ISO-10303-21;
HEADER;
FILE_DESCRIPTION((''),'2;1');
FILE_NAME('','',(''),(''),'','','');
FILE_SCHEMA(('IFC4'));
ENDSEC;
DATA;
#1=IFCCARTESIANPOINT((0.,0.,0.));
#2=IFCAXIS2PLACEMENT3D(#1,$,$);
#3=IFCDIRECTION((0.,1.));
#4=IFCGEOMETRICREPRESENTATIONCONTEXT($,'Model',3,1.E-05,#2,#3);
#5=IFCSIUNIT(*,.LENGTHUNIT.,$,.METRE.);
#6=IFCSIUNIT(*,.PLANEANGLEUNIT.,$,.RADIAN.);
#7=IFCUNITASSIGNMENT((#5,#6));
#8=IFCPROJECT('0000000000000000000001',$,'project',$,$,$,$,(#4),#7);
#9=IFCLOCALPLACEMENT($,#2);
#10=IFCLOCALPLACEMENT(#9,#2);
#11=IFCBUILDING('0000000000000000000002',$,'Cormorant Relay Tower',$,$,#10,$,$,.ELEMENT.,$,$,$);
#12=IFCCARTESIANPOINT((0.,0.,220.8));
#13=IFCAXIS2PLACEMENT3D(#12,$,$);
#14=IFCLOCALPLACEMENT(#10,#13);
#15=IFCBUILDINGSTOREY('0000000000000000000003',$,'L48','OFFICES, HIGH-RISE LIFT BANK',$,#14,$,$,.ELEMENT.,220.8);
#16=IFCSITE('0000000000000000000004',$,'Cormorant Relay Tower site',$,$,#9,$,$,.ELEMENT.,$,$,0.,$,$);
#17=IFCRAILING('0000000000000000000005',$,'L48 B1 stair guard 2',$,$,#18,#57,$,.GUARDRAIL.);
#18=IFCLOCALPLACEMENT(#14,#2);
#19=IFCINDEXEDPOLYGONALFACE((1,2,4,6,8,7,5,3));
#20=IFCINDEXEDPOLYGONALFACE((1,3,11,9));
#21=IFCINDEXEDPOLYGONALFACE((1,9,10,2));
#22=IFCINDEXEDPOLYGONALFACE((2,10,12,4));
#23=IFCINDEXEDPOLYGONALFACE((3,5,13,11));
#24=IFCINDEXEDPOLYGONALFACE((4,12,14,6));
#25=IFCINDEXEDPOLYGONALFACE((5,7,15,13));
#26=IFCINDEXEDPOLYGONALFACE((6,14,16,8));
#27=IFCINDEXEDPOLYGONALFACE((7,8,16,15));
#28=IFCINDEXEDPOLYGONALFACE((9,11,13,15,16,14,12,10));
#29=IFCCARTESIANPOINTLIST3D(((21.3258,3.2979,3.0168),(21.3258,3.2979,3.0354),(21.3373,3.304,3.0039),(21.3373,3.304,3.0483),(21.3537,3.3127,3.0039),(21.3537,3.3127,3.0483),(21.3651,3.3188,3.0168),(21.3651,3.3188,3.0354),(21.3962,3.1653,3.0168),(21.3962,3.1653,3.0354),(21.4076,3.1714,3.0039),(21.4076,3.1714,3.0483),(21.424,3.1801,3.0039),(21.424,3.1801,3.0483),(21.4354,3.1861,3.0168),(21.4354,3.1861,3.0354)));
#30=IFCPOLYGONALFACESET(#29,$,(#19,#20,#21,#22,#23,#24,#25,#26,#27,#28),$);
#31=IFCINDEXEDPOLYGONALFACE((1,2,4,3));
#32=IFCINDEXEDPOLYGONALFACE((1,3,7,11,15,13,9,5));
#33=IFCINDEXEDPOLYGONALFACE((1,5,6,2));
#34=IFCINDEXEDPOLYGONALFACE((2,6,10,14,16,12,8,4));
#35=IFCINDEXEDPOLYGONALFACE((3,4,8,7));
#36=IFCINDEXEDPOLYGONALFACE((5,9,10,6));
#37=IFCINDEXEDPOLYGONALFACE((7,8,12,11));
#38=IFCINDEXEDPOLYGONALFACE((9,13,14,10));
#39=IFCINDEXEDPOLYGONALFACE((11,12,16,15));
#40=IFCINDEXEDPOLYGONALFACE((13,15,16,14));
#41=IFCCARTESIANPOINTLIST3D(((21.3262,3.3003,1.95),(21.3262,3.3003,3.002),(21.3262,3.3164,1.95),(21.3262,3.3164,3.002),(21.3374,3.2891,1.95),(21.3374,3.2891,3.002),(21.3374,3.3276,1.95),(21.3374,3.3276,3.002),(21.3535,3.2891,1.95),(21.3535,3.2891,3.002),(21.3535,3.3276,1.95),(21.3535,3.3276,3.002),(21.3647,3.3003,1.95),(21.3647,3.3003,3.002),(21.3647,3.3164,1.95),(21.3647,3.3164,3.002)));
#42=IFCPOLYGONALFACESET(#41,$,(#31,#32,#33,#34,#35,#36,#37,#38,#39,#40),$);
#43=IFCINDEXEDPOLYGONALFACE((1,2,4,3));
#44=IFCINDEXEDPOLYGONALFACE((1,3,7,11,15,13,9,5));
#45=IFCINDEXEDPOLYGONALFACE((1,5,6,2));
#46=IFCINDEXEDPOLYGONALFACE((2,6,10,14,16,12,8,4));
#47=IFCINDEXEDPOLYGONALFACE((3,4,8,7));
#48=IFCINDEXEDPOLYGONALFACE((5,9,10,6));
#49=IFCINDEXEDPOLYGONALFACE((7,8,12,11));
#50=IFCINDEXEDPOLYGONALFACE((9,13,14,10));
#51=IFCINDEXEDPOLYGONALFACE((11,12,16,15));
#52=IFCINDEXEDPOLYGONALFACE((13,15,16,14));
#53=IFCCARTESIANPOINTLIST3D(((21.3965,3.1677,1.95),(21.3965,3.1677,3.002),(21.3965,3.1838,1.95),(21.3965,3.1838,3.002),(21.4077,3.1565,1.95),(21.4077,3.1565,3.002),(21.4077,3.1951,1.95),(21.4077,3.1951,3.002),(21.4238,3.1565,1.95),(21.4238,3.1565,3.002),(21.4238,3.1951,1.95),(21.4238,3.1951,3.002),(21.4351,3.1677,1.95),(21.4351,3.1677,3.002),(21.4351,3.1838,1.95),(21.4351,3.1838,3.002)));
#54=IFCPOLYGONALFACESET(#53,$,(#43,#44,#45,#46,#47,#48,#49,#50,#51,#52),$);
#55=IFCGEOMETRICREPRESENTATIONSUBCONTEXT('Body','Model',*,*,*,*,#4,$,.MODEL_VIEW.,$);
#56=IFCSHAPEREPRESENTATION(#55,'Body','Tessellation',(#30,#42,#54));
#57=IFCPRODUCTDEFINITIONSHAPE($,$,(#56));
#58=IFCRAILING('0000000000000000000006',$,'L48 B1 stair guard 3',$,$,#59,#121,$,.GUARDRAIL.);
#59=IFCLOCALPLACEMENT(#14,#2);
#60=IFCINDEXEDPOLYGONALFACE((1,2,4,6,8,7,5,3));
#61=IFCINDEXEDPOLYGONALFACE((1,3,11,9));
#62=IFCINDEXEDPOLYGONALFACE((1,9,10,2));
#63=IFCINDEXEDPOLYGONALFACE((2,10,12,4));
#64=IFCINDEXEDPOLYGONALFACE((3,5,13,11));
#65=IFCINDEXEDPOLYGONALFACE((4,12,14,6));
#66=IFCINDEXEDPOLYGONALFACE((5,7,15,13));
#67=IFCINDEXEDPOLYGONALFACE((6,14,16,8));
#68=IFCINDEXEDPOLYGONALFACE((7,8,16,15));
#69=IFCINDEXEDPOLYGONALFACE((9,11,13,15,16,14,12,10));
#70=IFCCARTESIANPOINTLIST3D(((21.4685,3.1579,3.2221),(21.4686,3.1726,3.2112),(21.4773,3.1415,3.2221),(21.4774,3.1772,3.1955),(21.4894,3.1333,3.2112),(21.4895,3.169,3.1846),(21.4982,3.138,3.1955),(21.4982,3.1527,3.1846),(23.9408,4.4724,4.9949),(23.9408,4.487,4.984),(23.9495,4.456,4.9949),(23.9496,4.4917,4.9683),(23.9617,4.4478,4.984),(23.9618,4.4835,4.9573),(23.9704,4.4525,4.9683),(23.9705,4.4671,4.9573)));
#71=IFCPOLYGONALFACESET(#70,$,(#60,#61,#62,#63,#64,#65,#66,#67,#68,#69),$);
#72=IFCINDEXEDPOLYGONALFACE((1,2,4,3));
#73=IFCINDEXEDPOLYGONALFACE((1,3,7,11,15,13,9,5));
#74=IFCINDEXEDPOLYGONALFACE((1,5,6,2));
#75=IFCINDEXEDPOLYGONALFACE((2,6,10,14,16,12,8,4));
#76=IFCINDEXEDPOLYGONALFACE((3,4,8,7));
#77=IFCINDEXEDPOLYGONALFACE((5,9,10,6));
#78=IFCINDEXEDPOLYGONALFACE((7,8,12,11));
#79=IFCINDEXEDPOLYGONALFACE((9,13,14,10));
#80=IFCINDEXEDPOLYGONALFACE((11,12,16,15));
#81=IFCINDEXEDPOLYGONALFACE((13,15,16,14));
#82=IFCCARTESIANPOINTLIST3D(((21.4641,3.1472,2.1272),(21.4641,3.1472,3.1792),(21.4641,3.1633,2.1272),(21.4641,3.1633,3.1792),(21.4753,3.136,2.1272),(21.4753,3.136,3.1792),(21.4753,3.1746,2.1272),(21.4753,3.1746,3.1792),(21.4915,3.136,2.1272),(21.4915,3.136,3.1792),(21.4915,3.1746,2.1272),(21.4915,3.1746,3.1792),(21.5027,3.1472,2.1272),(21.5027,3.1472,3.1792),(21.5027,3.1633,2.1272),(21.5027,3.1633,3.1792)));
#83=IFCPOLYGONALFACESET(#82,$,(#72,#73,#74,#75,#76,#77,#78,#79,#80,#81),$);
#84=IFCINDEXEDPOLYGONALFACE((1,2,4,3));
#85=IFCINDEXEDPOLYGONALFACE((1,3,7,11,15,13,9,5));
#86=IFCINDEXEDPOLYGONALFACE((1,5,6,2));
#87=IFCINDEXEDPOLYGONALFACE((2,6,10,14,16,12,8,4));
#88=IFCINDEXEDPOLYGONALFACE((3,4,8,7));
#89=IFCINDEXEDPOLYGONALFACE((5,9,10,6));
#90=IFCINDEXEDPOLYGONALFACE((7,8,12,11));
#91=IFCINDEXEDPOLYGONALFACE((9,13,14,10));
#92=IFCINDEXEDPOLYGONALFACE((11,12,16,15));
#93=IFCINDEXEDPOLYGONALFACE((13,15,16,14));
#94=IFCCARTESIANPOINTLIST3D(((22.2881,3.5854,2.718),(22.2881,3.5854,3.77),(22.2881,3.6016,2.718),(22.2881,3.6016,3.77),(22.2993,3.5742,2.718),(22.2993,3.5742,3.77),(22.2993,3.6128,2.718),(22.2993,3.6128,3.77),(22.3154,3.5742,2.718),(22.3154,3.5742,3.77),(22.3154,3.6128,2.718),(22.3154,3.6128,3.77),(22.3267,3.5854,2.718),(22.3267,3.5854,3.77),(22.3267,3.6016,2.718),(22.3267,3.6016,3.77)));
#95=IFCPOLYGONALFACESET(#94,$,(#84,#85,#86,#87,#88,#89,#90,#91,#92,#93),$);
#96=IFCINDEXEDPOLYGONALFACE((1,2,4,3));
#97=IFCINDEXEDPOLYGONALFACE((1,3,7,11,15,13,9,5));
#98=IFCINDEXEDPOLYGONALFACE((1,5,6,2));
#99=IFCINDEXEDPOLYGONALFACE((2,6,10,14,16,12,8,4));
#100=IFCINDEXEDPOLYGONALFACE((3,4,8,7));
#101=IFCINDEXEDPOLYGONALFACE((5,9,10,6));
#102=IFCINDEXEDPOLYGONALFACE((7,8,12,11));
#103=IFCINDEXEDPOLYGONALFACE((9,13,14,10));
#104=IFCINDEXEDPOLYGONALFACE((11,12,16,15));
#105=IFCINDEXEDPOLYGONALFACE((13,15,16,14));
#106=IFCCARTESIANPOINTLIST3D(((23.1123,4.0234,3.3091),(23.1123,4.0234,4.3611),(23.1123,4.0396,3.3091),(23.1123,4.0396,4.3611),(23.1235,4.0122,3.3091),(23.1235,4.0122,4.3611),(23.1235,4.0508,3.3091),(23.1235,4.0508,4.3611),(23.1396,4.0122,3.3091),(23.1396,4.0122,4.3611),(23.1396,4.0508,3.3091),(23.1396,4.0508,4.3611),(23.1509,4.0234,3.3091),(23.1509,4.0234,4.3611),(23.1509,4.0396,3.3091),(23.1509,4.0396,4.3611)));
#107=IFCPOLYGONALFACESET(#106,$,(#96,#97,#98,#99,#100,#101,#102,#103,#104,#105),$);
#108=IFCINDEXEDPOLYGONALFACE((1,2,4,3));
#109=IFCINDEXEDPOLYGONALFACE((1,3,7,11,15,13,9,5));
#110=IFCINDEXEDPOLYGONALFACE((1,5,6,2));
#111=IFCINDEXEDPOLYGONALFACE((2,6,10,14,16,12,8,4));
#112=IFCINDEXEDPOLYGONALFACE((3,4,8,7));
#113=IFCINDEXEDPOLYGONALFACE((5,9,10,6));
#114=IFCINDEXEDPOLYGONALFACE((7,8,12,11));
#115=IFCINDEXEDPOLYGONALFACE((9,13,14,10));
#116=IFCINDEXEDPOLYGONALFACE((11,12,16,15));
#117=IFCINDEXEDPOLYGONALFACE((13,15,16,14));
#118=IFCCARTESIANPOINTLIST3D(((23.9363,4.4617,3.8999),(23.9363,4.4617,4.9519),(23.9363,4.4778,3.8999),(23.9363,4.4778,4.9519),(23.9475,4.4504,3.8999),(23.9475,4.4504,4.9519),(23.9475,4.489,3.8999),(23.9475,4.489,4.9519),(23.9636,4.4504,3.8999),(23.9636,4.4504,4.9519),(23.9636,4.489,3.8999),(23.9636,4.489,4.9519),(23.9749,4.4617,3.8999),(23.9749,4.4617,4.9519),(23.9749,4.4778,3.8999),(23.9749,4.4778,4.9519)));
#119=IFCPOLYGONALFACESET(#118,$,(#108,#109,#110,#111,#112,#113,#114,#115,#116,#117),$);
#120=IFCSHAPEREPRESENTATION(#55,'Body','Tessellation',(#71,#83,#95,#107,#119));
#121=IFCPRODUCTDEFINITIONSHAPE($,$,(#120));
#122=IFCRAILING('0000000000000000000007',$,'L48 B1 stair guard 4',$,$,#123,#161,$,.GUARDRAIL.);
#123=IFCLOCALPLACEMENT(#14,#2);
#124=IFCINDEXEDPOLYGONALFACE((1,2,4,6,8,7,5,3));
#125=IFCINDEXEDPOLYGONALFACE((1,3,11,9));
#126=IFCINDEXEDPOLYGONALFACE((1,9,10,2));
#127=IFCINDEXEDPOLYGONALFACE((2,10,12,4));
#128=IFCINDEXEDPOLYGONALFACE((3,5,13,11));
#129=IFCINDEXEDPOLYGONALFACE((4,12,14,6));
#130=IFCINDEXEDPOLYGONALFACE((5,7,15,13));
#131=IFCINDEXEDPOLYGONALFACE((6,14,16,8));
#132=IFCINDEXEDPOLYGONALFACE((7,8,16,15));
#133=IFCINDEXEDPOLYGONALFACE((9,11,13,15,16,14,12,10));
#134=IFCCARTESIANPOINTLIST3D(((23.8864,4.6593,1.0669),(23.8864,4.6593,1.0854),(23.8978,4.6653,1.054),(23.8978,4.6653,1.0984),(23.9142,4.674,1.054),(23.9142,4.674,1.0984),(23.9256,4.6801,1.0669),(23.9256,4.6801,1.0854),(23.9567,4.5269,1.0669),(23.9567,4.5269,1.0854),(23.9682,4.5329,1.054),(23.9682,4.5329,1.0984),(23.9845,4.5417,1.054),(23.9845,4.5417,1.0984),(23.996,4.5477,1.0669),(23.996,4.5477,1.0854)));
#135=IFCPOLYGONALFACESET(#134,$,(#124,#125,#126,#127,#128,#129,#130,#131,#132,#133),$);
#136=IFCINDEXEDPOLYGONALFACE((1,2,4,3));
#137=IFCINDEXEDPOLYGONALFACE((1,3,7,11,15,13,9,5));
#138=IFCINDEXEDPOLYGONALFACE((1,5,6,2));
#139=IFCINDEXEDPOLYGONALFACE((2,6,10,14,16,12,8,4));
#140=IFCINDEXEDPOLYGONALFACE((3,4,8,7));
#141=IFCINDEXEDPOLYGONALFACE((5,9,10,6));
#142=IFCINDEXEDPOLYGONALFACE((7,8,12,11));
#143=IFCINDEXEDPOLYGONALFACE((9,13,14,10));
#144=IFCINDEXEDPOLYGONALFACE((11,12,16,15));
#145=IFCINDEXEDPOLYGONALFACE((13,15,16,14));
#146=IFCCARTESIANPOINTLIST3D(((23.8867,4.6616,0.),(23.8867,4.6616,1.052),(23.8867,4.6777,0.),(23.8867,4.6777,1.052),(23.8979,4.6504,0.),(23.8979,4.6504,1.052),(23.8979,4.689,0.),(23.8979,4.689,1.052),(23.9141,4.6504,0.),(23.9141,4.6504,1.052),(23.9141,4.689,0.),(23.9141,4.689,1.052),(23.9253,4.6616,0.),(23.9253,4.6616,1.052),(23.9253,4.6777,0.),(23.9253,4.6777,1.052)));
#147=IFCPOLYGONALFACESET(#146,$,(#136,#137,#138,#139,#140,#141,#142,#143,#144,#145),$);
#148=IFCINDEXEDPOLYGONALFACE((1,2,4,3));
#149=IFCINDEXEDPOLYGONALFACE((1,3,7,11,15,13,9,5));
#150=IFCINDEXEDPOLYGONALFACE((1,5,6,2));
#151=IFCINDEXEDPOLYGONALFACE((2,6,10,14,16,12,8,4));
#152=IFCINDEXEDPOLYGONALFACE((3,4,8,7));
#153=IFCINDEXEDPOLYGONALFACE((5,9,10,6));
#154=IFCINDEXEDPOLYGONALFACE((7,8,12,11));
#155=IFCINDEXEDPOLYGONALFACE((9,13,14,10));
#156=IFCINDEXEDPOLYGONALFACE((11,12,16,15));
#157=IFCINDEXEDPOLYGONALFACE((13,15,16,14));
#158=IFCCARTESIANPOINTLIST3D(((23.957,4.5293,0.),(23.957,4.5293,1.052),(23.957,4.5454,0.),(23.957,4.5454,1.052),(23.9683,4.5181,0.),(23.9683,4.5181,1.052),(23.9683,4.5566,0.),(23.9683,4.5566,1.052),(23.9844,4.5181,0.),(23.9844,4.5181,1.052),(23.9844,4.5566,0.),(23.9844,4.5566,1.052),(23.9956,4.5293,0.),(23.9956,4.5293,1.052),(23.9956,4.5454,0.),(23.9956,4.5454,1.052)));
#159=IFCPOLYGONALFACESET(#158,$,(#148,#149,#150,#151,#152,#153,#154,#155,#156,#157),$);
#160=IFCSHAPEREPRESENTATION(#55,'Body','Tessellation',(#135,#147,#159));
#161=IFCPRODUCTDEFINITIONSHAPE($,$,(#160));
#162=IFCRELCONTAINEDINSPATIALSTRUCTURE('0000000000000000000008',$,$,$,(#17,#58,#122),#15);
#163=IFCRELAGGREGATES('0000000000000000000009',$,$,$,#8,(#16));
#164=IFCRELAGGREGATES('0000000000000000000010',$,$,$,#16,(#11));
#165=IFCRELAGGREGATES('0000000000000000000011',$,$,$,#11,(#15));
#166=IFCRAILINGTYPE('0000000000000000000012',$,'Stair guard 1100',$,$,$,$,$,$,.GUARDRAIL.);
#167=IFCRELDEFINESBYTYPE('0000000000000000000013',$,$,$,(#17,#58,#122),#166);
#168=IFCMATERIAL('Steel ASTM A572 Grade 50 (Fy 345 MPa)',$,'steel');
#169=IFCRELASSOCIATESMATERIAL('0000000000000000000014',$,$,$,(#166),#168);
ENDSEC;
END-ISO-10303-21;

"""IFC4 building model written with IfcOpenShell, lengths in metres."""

from ifc_helpers import new_model, si_unit, direction, frame, origin, place, context, subcontext, project, spatial, polyline, outline, extrude, material, type_object, element, save


model = new_model("IFC4")

# Units and contexts
model_context = context("Model", 3, precision=1e-05, world=origin(), true_north=direction((0.0, 1.0)))
body_context = subcontext(model_context, "Body", "Model", "MODEL_VIEW")
ifc_project = project(units=[si_unit("LENGTHUNIT", "METRE"), si_unit("PLANEANGLEUNIT", "RADIAN")], contexts=[model_context])

# Site, building, storey
site_placement = place(None, origin())
site = spatial("IfcSite", under=ifc_project, at=site_placement, Name="Cormorant Relay Tower site", CompositionType="ELEMENT", RefElevation=0.0)
building_placement = place(site_placement, origin())
building = spatial("IfcBuilding", under=site, at=building_placement, Name="Cormorant Relay Tower", CompositionType="ELEMENT")
storey_placement = place(building_placement, frame((0.0, 0.0, 220.8)))
storey = spatial("IfcBuildingStorey", under=building, at=storey_placement, Name="L48", Description="OFFICES, HIGH-RISE LIFT BANK", CompositionType="ELEMENT", Elevation=220.8)

# Railings
ifc_material_1 = material(Name="Steel ASTM A572 Grade 50 (Fy 345 MPa)", Category="steel")
railing_type_1 = type_object("IfcRailingType", Name="Stair guard 1100", PredefinedType="GUARDRAIL", material=ifc_material_1)
railing_1_placement = place(storey_placement, frame((21.3455, 3.3083, 1.95)))
element("IfcRailing", 1, at=railing_1_placement, inside=storey, type_object=railing_type_1, Name="L48 B1 stair guard 2", PredefinedType="GUARDRAIL", context=body_context, shape_type="SweptSolid", body=[
    extrude(outline(polyline([(0.0222, 0.0093), (0.0093, 0.0222), (-0.0093, 0.0222), (-0.0222, 0.0093), (-0.0222, -0.0093), (-0.0093, -0.0222), (0.0093, -0.0222), (0.0222, -0.0093), (0.0222, 0.0093)])), frame((0.0, 0.0, 1.0762), z_axis=(0.46856, -0.883431, 0.0), x_axis=(0.883431, 0.46856, 0.0)), (0.0, 0.0, 1.0), 0.1501),
    extrude(outline(polyline([(0.0193, 0.0081), (0.0081, 0.0193), (-0.0081, 0.0193), (-0.0193, 0.0081), (-0.0193, -0.0081), (-0.0081, -0.0193), (0.0081, -0.0193), (0.0193, -0.0081), (0.0193, 0.0081)])), origin(), (0.0, 0.0, 1.0), 1.052),
    extrude(outline(polyline([(0.0193, 0.0081), (0.0081, 0.0193), (-0.0081, 0.0193), (-0.0193, 0.0081), (-0.0193, -0.0081), (-0.0081, -0.0193), (0.0081, -0.0193), (0.0193, -0.0081), (0.0193, 0.0081)])), frame((0.0703, -0.1326, 0.0)), (0.0, 0.0, 1.0), 1.052),
])
railing_2_placement = place(storey_placement, frame((21.4834, 3.1553, 2.1272)))
element("IfcRailing", 2, at=railing_2_placement, inside=storey, type_object=railing_type_1, Name="L48 B1 stair guard 3", PredefinedType="GUARDRAIL", context=body_context, shape_type="SweptSolid", body=[
    extrude(outline(polyline([(0.0222, 0.0093), (0.0093, 0.0222), (-0.0093, 0.0222), (-0.0222, 0.0093), (-0.0222, -0.0093), (-0.0093, -0.0222), (0.0093, -0.0222), (0.0222, -0.0093), (0.0222, 0.0093)])), frame((0.0, 0.0, 1.0762), z_axis=(0.746001, 0.396649, 0.534931), x_axis=(-0.469465, 0.882951, 0.0)), (0.0, 0.0, 1.0), 3.314),
    extrude(outline(polyline([(0.0193, 0.0081), (0.0081, 0.0193), (-0.0081, 0.0193), (-0.0193, 0.0081), (-0.0193, -0.0081), (-0.0081, -0.0193), (0.0081, -0.0193), (0.0193, -0.0081), (0.0193, 0.0081)])), origin(), (0.0, 0.0, 1.0), 1.052),
    extrude(outline(polyline([(0.0193, 0.0081), (0.0081, 0.0193), (-0.0081, 0.0193), (-0.0193, 0.0081), (-0.0193, -0.0081), (-0.0081, -0.0193), (0.0081, -0.0193), (0.0193, -0.0081), (0.0193, 0.0081)])), frame((0.824, 0.4382, 0.5908)), (0.0, 0.0, 1.0), 1.052),
    extrude(outline(polyline([(0.0193, 0.0081), (0.0081, 0.0193), (-0.0081, 0.0193), (-0.0193, 0.0081), (-0.0193, -0.0081), (-0.0081, -0.0193), (0.0081, -0.0193), (0.0193, -0.0081), (0.0193, 0.0081)])), frame((1.6482, 0.8762, 1.1819)), (0.0, 0.0, 1.0), 1.052),
    extrude(outline(polyline([(0.0193, 0.0081), (0.0081, 0.0193), (-0.0081, 0.0193), (-0.0193, 0.0081), (-0.0193, -0.0081), (-0.0081, -0.0193), (0.0081, -0.0193), (0.0193, -0.0081), (0.0193, 0.0081)])), frame((2.4722, 1.3145, 1.7727)), (0.0, 0.0, 1.0), 1.052),
])
railing_3_placement = place(storey_placement, frame((23.906, 4.6697, 0.0)))
element("IfcRailing", 3, at=railing_3_placement, inside=storey, type_object=railing_type_1, Name="L48 B1 stair guard 4", PredefinedType="GUARDRAIL", context=body_context, shape_type="SweptSolid", body=[
    extrude(outline(polyline([(0.0222, 0.0093), (0.0093, 0.0222), (-0.0093, 0.0222), (-0.0222, 0.0093), (-0.0222, -0.0093), (-0.0093, -0.0222), (0.0093, -0.0222), (0.0222, -0.0093), (0.0222, 0.0093)])), frame((0.0, 0.0, 1.0762), z_axis=(0.469235, -0.883074, 0.0), x_axis=(0.883074, 0.469235, 0.0)), (0.0, 0.0, 1.0), 0.1499),
    extrude(outline(polyline([(0.0193, 0.0081), (0.0081, 0.0193), (-0.0081, 0.0193), (-0.0193, 0.0081), (-0.0193, -0.0081), (-0.0081, -0.0193), (0.0081, -0.0193), (0.0193, -0.0081), (0.0193, 0.0081)])), origin(), (0.0, 0.0, 1.0), 1.052),
    extrude(outline(polyline([(0.0193, 0.0081), (0.0081, 0.0193), (-0.0081, 0.0193), (-0.0193, 0.0081), (-0.0193, -0.0081), (-0.0081, -0.0193), (0.0081, -0.0193), (0.0193, -0.0081), (0.0193, 0.0081)])), frame((0.0703, -0.1323, 0.0)), (0.0, 0.0, 1.0), 1.052),
])

save(model, "model.ifc")
